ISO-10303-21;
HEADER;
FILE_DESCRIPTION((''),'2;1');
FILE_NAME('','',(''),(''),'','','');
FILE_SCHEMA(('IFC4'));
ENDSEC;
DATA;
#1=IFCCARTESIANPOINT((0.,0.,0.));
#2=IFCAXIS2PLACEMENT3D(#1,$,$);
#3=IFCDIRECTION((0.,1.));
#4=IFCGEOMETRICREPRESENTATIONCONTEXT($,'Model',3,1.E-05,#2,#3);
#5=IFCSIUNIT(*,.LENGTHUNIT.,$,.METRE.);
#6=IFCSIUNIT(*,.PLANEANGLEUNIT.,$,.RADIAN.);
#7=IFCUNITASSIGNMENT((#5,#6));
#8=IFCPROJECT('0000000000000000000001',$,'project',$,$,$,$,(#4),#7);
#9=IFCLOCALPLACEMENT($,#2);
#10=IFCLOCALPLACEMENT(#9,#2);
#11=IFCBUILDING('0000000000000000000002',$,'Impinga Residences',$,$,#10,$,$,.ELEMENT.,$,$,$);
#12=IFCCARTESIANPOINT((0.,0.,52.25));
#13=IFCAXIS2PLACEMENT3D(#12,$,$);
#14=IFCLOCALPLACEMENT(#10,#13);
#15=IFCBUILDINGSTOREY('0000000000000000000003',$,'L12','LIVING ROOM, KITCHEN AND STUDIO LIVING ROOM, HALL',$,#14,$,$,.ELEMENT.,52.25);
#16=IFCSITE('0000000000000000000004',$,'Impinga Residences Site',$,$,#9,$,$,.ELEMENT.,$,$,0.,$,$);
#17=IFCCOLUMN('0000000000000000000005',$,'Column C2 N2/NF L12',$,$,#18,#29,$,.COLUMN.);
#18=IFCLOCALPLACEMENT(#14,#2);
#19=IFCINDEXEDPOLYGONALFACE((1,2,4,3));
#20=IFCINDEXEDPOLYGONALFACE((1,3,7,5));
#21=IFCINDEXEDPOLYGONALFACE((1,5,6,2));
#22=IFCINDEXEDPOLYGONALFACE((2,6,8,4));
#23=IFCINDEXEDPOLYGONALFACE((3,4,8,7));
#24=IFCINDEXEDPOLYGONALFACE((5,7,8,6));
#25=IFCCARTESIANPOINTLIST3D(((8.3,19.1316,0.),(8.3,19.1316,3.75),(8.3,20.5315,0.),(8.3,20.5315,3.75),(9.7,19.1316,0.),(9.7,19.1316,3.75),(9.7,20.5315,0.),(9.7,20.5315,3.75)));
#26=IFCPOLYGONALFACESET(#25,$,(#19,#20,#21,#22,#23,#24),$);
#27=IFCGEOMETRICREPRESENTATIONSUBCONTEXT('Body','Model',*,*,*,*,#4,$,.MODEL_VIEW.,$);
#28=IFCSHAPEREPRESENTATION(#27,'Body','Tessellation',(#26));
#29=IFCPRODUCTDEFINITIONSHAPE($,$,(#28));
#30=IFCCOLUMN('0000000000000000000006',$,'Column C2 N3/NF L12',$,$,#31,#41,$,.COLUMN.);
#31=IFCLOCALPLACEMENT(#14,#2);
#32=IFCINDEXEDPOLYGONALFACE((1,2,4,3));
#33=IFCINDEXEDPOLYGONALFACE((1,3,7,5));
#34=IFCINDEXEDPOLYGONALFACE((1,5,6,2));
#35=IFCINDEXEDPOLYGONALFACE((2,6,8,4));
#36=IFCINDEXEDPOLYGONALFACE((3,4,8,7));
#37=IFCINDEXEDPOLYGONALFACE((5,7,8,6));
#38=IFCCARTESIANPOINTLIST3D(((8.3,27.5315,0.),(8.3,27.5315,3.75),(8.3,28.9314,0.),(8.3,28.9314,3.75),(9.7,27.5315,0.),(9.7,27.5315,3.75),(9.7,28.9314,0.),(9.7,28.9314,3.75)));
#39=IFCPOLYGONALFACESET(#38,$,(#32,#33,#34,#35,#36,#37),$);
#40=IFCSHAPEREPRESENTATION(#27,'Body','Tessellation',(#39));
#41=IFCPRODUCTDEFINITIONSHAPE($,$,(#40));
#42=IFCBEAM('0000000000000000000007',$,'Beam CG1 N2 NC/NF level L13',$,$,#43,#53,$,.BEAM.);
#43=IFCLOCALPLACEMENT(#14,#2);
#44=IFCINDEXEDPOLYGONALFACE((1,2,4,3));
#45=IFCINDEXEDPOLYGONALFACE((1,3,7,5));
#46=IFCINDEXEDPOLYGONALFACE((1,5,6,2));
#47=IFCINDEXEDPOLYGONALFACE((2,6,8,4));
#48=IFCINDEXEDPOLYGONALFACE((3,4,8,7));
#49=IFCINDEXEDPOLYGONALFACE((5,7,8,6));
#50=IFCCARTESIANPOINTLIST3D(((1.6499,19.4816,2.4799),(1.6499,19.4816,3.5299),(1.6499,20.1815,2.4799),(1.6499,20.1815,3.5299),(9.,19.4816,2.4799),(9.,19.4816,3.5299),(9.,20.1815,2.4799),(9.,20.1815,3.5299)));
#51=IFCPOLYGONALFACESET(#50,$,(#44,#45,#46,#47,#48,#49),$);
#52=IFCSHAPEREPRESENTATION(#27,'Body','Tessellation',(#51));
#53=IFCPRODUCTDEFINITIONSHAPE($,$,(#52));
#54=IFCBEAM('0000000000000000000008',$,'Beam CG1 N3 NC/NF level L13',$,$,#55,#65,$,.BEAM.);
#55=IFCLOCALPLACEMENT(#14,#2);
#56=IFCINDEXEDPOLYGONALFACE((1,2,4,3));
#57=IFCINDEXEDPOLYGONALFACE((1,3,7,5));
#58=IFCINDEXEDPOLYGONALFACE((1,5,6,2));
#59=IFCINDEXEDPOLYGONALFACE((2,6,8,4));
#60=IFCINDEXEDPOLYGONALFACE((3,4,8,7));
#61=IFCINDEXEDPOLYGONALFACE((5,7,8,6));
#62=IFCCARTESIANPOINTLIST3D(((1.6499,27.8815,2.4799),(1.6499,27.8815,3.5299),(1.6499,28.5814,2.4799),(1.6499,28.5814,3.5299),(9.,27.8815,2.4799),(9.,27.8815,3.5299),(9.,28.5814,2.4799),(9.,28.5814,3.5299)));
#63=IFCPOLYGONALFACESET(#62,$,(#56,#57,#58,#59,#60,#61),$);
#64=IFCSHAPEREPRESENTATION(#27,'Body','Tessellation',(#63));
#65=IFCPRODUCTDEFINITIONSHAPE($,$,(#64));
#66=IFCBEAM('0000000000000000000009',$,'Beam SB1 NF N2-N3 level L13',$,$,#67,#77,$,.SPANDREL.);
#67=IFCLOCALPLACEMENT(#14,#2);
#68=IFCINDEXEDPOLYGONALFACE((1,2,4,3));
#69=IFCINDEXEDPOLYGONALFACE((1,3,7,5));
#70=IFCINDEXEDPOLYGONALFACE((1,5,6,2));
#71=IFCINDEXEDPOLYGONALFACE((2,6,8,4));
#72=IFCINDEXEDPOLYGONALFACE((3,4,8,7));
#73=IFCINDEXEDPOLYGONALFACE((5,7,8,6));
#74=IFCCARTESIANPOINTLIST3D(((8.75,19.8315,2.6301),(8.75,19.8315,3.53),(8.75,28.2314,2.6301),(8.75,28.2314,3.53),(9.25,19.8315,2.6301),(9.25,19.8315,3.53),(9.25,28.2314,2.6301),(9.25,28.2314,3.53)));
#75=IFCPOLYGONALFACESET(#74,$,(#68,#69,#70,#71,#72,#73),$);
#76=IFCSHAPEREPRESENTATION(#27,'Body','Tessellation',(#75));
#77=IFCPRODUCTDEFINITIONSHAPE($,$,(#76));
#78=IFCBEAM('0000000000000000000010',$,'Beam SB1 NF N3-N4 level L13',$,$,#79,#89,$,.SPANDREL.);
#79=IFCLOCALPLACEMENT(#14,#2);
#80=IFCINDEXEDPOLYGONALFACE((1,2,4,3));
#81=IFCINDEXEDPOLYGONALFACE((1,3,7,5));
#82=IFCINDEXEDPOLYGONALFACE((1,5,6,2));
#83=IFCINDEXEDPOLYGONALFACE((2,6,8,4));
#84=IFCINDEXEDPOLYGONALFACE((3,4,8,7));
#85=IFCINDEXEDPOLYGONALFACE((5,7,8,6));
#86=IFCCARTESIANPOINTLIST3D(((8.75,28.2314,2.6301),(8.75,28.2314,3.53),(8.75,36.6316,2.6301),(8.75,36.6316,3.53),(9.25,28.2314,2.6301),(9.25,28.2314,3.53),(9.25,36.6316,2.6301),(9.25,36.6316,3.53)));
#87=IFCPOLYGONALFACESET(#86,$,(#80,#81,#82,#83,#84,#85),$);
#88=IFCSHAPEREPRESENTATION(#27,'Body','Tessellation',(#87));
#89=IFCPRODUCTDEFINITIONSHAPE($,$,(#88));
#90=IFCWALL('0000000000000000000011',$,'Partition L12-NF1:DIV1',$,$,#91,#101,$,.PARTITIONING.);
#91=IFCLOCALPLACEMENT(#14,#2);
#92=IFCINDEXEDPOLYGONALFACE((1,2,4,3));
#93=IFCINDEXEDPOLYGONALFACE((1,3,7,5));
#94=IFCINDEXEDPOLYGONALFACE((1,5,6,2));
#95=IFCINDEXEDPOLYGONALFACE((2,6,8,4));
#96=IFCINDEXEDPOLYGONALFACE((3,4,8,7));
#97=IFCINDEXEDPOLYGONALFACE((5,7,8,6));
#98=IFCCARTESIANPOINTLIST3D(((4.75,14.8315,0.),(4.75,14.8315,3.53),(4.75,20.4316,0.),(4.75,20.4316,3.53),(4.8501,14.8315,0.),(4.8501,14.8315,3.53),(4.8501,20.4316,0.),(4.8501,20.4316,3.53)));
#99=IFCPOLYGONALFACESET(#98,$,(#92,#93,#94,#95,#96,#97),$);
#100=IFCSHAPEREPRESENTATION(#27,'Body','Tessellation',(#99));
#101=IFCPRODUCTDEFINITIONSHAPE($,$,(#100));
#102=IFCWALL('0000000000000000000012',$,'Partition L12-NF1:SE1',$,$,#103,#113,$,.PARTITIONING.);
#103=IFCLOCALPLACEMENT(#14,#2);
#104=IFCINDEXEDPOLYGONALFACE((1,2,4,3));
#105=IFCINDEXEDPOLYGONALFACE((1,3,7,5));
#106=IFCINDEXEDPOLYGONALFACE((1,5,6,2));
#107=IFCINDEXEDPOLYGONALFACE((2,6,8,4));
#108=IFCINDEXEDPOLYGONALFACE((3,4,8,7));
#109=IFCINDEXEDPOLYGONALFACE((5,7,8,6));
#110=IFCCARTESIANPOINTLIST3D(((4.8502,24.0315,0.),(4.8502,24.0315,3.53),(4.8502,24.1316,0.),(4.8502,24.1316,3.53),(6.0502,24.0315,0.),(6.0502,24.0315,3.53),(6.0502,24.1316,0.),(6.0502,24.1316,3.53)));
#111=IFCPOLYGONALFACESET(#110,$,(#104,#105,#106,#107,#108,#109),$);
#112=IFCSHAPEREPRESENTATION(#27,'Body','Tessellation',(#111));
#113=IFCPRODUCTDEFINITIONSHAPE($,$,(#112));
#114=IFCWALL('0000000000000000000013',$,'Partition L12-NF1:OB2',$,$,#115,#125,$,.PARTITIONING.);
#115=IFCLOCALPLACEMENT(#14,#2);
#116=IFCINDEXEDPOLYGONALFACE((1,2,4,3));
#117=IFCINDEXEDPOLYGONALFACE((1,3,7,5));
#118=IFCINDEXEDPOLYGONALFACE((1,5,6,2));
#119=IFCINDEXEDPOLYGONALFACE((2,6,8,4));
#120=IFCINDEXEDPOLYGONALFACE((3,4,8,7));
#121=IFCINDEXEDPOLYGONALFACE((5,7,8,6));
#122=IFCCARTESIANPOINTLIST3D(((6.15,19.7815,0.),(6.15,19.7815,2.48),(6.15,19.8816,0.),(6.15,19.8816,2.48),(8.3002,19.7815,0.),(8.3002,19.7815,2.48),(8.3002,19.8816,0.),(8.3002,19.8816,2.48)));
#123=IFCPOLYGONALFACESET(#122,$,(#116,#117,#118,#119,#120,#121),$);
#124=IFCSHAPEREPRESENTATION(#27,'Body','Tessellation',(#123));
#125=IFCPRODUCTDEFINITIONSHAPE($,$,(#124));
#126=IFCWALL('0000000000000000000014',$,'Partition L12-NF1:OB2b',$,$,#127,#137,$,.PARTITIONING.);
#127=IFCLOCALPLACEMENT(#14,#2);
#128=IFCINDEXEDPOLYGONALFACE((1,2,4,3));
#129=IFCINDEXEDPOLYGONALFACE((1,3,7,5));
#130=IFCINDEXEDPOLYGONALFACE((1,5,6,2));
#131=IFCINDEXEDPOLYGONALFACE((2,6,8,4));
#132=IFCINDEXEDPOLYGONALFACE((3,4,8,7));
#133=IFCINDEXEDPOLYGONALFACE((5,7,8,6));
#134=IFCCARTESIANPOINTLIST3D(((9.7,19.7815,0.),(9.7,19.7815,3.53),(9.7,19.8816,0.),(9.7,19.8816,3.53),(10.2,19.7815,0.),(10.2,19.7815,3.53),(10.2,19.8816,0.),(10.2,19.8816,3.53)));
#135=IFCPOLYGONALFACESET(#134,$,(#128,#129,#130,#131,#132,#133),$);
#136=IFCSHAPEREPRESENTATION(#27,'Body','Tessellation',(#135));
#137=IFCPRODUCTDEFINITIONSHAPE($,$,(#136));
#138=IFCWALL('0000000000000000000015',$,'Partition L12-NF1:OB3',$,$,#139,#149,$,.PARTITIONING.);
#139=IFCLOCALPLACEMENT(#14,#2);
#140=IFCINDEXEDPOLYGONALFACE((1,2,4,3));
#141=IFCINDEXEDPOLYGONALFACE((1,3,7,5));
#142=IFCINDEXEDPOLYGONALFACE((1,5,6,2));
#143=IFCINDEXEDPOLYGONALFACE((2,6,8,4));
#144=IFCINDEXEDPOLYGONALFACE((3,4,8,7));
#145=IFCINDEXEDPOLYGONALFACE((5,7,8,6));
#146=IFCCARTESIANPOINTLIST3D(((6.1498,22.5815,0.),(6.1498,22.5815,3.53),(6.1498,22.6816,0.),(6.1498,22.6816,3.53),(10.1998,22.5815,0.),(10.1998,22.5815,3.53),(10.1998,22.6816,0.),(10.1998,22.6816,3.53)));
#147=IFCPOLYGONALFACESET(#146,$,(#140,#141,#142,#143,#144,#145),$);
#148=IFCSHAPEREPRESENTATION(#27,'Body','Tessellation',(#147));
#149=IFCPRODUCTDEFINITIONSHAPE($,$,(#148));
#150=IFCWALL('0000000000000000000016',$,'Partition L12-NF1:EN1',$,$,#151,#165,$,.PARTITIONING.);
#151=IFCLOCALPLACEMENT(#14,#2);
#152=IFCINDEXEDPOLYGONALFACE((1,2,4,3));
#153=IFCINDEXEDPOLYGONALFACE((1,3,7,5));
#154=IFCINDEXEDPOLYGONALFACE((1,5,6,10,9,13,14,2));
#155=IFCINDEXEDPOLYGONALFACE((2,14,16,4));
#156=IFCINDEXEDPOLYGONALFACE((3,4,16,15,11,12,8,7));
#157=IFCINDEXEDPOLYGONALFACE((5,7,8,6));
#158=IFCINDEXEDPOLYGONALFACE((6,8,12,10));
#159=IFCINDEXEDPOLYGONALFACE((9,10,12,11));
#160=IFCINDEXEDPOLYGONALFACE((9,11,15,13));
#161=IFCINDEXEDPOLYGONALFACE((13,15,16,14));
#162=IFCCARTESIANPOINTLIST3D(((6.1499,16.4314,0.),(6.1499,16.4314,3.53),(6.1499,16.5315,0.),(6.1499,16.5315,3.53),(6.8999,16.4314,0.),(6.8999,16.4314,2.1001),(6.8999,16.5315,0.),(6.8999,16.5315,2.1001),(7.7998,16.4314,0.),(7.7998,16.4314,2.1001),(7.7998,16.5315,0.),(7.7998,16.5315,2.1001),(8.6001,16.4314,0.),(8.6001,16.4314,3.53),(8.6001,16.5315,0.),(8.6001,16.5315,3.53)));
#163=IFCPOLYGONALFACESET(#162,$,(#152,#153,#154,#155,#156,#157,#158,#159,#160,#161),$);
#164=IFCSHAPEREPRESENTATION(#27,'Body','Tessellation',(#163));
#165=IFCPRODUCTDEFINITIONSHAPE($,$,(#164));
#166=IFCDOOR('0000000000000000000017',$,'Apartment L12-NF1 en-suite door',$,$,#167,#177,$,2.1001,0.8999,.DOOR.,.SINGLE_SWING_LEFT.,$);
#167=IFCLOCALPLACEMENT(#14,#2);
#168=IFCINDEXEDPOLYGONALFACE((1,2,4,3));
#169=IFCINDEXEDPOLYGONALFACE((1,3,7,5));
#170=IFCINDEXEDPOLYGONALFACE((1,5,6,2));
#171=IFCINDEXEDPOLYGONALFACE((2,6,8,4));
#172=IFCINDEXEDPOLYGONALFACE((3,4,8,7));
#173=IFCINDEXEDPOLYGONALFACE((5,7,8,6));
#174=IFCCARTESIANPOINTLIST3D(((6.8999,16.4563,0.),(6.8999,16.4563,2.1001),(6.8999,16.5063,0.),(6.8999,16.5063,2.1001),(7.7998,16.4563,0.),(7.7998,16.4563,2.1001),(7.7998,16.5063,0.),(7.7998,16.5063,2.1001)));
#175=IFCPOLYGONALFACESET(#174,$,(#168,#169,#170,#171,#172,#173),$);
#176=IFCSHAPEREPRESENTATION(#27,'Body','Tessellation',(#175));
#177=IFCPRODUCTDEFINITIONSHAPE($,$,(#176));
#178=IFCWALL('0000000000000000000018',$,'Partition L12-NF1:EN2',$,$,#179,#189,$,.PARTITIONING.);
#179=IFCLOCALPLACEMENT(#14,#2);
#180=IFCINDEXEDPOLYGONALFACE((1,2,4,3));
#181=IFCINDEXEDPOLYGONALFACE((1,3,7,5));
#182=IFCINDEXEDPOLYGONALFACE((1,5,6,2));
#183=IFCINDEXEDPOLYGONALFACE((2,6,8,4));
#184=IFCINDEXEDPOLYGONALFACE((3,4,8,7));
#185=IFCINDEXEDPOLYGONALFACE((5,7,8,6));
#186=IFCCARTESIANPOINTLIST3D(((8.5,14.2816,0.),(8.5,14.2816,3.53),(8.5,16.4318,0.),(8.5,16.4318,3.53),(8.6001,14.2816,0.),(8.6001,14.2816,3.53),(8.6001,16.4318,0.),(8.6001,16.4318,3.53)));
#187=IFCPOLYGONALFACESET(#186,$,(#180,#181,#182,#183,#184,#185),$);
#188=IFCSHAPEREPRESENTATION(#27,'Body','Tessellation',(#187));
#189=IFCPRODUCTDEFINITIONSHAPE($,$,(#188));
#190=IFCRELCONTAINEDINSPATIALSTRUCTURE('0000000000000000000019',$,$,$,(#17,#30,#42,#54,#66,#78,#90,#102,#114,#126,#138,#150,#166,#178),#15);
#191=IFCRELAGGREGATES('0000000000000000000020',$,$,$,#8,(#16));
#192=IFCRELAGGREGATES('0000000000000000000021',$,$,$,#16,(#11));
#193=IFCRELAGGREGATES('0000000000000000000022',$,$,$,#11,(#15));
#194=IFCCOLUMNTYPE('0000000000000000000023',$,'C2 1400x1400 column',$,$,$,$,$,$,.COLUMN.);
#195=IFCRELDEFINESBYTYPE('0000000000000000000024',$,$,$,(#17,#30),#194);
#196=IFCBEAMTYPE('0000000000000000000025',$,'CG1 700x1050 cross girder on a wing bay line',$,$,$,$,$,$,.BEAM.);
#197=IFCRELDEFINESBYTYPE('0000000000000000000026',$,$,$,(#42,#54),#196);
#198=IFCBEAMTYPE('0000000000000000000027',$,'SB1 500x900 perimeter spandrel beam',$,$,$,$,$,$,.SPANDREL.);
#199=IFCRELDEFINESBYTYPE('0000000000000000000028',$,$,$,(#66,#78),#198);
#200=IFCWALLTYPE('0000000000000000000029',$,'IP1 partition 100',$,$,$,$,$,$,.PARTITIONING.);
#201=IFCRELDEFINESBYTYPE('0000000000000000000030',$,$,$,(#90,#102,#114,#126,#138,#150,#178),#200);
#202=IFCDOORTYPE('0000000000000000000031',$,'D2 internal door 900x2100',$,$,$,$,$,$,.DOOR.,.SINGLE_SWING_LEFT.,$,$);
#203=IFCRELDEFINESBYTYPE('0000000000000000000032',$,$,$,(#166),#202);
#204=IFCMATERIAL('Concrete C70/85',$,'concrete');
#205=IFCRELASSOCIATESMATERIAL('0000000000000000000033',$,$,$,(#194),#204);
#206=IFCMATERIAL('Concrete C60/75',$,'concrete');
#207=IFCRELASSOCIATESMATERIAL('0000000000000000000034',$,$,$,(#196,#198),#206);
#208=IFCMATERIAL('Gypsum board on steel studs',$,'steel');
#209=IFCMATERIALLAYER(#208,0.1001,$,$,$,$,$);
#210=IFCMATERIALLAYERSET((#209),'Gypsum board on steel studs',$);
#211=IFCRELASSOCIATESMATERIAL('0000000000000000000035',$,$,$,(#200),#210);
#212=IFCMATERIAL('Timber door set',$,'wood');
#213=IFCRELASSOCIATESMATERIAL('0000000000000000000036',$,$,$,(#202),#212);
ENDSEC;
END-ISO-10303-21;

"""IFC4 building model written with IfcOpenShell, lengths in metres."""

from ifc_helpers import new_model, si_unit, direction, frame, frame_2d, origin, origin_2d, place, context, subcontext, project, spatial, rectangle, extrude, material, layer, layer_set, material_profile, profile_set, type_object, element, fill, save


model = new_model("IFC4")

# Units and contexts
model_context = context("Model", 3, precision=1e-05, world=origin(), true_north=direction((0.0, 1.0)))
body_context = subcontext(model_context, "Body", "Model", "MODEL_VIEW")
ifc_project = project(units=[si_unit("LENGTHUNIT", "METRE"), si_unit("PLANEANGLEUNIT", "RADIAN")], contexts=[model_context])

# Site, building, storey
site_placement = place(None, origin())
site = spatial("IfcSite", under=ifc_project, at=site_placement, Name="Impinga Residences Site", CompositionType="ELEMENT", RefElevation=0.0)
building_placement = place(site_placement, origin())
building = spatial("IfcBuilding", under=site, at=building_placement, Name="Impinga Residences", CompositionType="ELEMENT")
storey_placement = place(building_placement, frame((0.0, 0.0, 52.25)))
storey = spatial("IfcBuildingStorey", under=building, at=storey_placement, Name="L12", Description="LIVING ROOM, KITCHEN AND STUDIO LIVING ROOM, HALL", CompositionType="ELEMENT", Elevation=52.25)

# Columns
ifc_material_1 = material(Name="Concrete C70/85", Category="concrete")
ifc_material_profile_1 = material_profile(ifc_material_1, rectangle(XDim=1.3999, YDim=1.3999, at=origin_2d()), Name="RC 1400x1400")
ifc_profile_set_1 = profile_set([ifc_material_profile_1], Name="Concrete C70/85")
column_type = type_object("IfcColumnType", Name="C2 1400x1400 column", PredefinedType="COLUMN", material=ifc_profile_set_1)
for number, where, z_axis, x_axis, name in (
    (1, (9.0, 19.8315, 0.0), (0.0, 0.0, 1.0), (1.0, 0.0, 0.0), "Column C2 N2/NF L12"),
    (2, (9.0, 28.2314, 0.0), (0.0, 0.0, 1.0), (1.0, 0.0, 0.0), "Column C2 N3/NF L12"),
):
    element("IfcColumn", number, at=place(storey_placement, frame(where, z_axis=z_axis, x_axis=x_axis)), inside=storey, type_object=column_type, Name=name, PredefinedType="COLUMN", context=body_context, shape_type="SweptSolid", body=[
        extrude(rectangle(XDim=1.3999, YDim=1.3999, at=origin_2d()), origin(), (0.0, 0.0, 1.0), 3.75),
    ])

# Beams
ifc_material_2 = material(Name="Concrete C60/75", Category="concrete")
ifc_material_profile_2 = material_profile(ifc_material_2, rectangle(XDim=0.7, YDim=1.05, at=origin_2d()), Name="RC 700x1050")
ifc_profile_set_2 = profile_set([ifc_material_profile_2], Name="Concrete C60/75")
beam_type_1 = type_object("IfcBeamType", Name="CG1 700x1050 cross girder on a wing bay line", PredefinedType="BEAM", material=ifc_profile_set_2)
for number, where, z_axis, x_axis, name in (
    (3, (1.6499, 19.8315, 3.0049), (1.0, 0.0, 0.0), (0.0, 1.0, 0.0), "Beam CG1 N2 NC/NF level L13"),
    (4, (1.6499, 28.2314, 3.0049), (1.0, 0.0, 0.0), (0.0, 1.0, 0.0), "Beam CG1 N3 NC/NF level L13"),
):
    element("IfcBeam", number, at=place(storey_placement, frame(where, z_axis=z_axis, x_axis=x_axis)), inside=storey, type_object=beam_type_1, Name=name, PredefinedType="BEAM", context=body_context, shape_type="SweptSolid", body=[
        extrude(rectangle(XDim=0.7, YDim=1.05, at=origin_2d()), origin(), (0.0, 0.0, 1.0), 7.3501),
    ])
ifc_material_profile_3 = material_profile(ifc_material_2, rectangle(XDim=0.5, YDim=0.8999, at=origin_2d()), Name="RC 500x900")
ifc_profile_set_3 = profile_set([ifc_material_profile_3], Name="Concrete C60/75")
beam_type_2 = type_object("IfcBeamType", Name="SB1 500x900 perimeter spandrel beam", PredefinedType="SPANDREL", material=ifc_profile_set_3)
beam_1_placement = place(storey_placement, frame((9.0, 19.8315, 3.0801), z_axis=(0.0, 1.0, 0.0), x_axis=(-1.0, 0.0, 0.0)))
element("IfcBeam", 5, at=beam_1_placement, inside=storey, type_object=beam_type_2, Name="Beam SB1 NF N2-N3 level L13", PredefinedType="SPANDREL", context=body_context, shape_type="SweptSolid", body=[
    extrude(rectangle(XDim=0.5, YDim=0.8999, at=origin_2d()), origin(), (0.0, 0.0, 1.0), 8.3999),
])
beam_2_placement = place(storey_placement, frame((9.0, 28.2314, 3.0801), z_axis=(0.0, 1.0, 0.0), x_axis=(-1.0, 0.0, 0.0)))
element("IfcBeam", 6, at=beam_2_placement, inside=storey, type_object=beam_type_2, Name="Beam SB1 NF N3-N4 level L13", PredefinedType="SPANDREL", context=body_context, shape_type="SweptSolid", body=[
    extrude(rectangle(XDim=0.5, YDim=0.8999, at=origin_2d()), origin(), (0.0, 0.0, 1.0), 8.4001),
])

# Walls
ifc_material_3 = material(Name="Gypsum board on steel studs", Category="steel")
ifc_layer_1 = layer(ifc_material_3, 0.1001)
ifc_layer_set_1 = layer_set([ifc_layer_1], Name="Gypsum board on steel studs")
wall_type_1 = type_object("IfcWallType", Name="IP1 partition 100", PredefinedType="PARTITIONING", material=ifc_layer_set_1)
wall_1_placement = place(storey_placement, frame((4.8, 14.8315, 0.0), z_axis=(0.0, 0.0, 1.0), x_axis=(0.0, 1.0, 0.0)))
element("IfcWall", 7, at=wall_1_placement, inside=storey, type_object=wall_type_1, Name="Partition L12-NF1:DIV1", PredefinedType="PARTITIONING", context=body_context, shape_type="SweptSolid", body=[
    extrude(rectangle(XDim=5.6001, YDim=0.1001, at=frame_2d((2.8, 0.0))), origin(), (0.0, 0.0, 1.0), 3.53),
])
wall_2_placement = place(storey_placement, frame((4.8501, 24.0815, 0.0), z_axis=(0.0, 0.0, 1.0), x_axis=(1.0, 0.0, 0.0)))
element("IfcWall", 8, at=wall_2_placement, inside=storey, type_object=wall_type_1, Name="Partition L12-NF1:SE1", PredefinedType="PARTITIONING", context=body_context, shape_type="SweptSolid", body=[
    extrude(rectangle(XDim=1.2, YDim=0.1001, at=frame_2d((0.6001, 0.0))), origin(), (0.0, 0.0, 1.0), 3.53),
])
wall_3_placement = place(storey_placement, frame((6.1499, 19.8315, 0.0), z_axis=(0.0, 0.0, 1.0), x_axis=(1.0, 0.0, 0.0)))
element("IfcWall", 9, at=wall_3_placement, inside=storey, type_object=wall_type_1, Name="Partition L12-NF1:OB2", PredefinedType="PARTITIONING", context=body_context, shape_type="SweptSolid", body=[
    extrude(rectangle(XDim=2.1501, YDim=0.1001, at=frame_2d((1.0752, 0.0))), origin(), (0.0, 0.0, 1.0), 2.48),
])
wall_4_placement = place(storey_placement, frame((9.7, 19.8315, 0.0), z_axis=(0.0, 0.0, 1.0), x_axis=(1.0, 0.0, 0.0)))
element("IfcWall", 10, at=wall_4_placement, inside=storey, type_object=wall_type_1, Name="Partition L12-NF1:OB2b", PredefinedType="PARTITIONING", context=body_context, shape_type="SweptSolid", body=[
    extrude(rectangle(XDim=0.5, YDim=0.1001, at=frame_2d((0.25, 0.0))), origin(), (0.0, 0.0, 1.0), 3.53),
])
wall_5_placement = place(storey_placement, frame((6.1499, 22.6316, 0.0), z_axis=(0.0, 0.0, 1.0), x_axis=(1.0, 0.0, 0.0)))
element("IfcWall", 11, at=wall_5_placement, inside=storey, type_object=wall_type_1, Name="Partition L12-NF1:OB3", PredefinedType="PARTITIONING", context=body_context, shape_type="SweptSolid", body=[
    extrude(rectangle(XDim=4.05, YDim=0.1001, at=frame_2d((2.0249, 0.0))), origin(), (0.0, 0.0, 1.0), 3.53),
])

# Wall, opening, door
wall_6_placement = place(storey_placement, frame((6.1499, 16.4814, 0.0), z_axis=(0.0, 0.0, 1.0), x_axis=(1.0, 0.0, 0.0)))
wall_6 = element("IfcWall", 12, at=wall_6_placement, inside=storey, type_object=wall_type_1, Name="Partition L12-NF1:EN1", PredefinedType="PARTITIONING", context=body_context, shape_type="SweptSolid", body=[
    extrude(rectangle(XDim=2.4502, YDim=0.1001, at=frame_2d((1.2251, 0.0))), origin(), (0.0, 0.0, 1.0), 3.53),
])
opening_1_placement = place(wall_6_placement, frame((0.75, 0.0, 0.0)))
opening_1 = element("IfcOpeningElement", 13, at=opening_1_placement, cuts=wall_6, PredefinedType="OPENING", context=body_context, shape_type="SweptSolid", body=[
    extrude(rectangle(XDim=0.8999, YDim=2.1001, at=frame_2d((0.45, 1.05))), frame((0.0, 0.0601, 0.0), z_axis=(0.0, -1.0, 0.0), x_axis=(1.0, 0.0, 0.0)), (0.0, 0.0, 1.0), 0.1201),
])
ifc_material_4 = material(Name="Timber door set", Category="wood")
door_type = type_object("IfcDoorType", Name="D2 internal door 900x2100", OperationType="SINGLE_SWING_LEFT", PredefinedType="DOOR", material=ifc_material_4)
door_1_placement = place(opening_1_placement, origin())
door_1 = element("IfcDoor", 14, at=door_1_placement, inside=storey, type_object=door_type, Name="Apartment L12-NF1 en-suite door", OperationType="SINGLE_SWING_LEFT", OverallHeight=2.1001, OverallWidth=0.8999, PredefinedType="DOOR", context=body_context, shape_type="SweptSolid", body=[
    extrude(rectangle(XDim=0.8999, YDim=2.1001, at=frame_2d((0.45, 1.05))), frame((0.0, 0.0249, 0.0), z_axis=(0.0, -1.0, 0.0), x_axis=(1.0, 0.0, 0.0)), (0.0, 0.0, 1.0), 0.05),
])
fill(opening_1, door_1)

# Wall
wall_7_placement = place(storey_placement, frame((8.55, 14.2815, 0.0), z_axis=(0.0, 0.0, 1.0), x_axis=(0.0, 1.0, 0.0)))
element("IfcWall", 15, at=wall_7_placement, inside=storey, type_object=wall_type_1, Name="Partition L12-NF1:EN2", PredefinedType="PARTITIONING", context=body_context, shape_type="SweptSolid", body=[
    extrude(rectangle(XDim=2.1501, YDim=0.1001, at=frame_2d((1.0752, 0.0))), origin(), (0.0, 0.0, 1.0), 3.53),
])

save(model, "model.ifc")
